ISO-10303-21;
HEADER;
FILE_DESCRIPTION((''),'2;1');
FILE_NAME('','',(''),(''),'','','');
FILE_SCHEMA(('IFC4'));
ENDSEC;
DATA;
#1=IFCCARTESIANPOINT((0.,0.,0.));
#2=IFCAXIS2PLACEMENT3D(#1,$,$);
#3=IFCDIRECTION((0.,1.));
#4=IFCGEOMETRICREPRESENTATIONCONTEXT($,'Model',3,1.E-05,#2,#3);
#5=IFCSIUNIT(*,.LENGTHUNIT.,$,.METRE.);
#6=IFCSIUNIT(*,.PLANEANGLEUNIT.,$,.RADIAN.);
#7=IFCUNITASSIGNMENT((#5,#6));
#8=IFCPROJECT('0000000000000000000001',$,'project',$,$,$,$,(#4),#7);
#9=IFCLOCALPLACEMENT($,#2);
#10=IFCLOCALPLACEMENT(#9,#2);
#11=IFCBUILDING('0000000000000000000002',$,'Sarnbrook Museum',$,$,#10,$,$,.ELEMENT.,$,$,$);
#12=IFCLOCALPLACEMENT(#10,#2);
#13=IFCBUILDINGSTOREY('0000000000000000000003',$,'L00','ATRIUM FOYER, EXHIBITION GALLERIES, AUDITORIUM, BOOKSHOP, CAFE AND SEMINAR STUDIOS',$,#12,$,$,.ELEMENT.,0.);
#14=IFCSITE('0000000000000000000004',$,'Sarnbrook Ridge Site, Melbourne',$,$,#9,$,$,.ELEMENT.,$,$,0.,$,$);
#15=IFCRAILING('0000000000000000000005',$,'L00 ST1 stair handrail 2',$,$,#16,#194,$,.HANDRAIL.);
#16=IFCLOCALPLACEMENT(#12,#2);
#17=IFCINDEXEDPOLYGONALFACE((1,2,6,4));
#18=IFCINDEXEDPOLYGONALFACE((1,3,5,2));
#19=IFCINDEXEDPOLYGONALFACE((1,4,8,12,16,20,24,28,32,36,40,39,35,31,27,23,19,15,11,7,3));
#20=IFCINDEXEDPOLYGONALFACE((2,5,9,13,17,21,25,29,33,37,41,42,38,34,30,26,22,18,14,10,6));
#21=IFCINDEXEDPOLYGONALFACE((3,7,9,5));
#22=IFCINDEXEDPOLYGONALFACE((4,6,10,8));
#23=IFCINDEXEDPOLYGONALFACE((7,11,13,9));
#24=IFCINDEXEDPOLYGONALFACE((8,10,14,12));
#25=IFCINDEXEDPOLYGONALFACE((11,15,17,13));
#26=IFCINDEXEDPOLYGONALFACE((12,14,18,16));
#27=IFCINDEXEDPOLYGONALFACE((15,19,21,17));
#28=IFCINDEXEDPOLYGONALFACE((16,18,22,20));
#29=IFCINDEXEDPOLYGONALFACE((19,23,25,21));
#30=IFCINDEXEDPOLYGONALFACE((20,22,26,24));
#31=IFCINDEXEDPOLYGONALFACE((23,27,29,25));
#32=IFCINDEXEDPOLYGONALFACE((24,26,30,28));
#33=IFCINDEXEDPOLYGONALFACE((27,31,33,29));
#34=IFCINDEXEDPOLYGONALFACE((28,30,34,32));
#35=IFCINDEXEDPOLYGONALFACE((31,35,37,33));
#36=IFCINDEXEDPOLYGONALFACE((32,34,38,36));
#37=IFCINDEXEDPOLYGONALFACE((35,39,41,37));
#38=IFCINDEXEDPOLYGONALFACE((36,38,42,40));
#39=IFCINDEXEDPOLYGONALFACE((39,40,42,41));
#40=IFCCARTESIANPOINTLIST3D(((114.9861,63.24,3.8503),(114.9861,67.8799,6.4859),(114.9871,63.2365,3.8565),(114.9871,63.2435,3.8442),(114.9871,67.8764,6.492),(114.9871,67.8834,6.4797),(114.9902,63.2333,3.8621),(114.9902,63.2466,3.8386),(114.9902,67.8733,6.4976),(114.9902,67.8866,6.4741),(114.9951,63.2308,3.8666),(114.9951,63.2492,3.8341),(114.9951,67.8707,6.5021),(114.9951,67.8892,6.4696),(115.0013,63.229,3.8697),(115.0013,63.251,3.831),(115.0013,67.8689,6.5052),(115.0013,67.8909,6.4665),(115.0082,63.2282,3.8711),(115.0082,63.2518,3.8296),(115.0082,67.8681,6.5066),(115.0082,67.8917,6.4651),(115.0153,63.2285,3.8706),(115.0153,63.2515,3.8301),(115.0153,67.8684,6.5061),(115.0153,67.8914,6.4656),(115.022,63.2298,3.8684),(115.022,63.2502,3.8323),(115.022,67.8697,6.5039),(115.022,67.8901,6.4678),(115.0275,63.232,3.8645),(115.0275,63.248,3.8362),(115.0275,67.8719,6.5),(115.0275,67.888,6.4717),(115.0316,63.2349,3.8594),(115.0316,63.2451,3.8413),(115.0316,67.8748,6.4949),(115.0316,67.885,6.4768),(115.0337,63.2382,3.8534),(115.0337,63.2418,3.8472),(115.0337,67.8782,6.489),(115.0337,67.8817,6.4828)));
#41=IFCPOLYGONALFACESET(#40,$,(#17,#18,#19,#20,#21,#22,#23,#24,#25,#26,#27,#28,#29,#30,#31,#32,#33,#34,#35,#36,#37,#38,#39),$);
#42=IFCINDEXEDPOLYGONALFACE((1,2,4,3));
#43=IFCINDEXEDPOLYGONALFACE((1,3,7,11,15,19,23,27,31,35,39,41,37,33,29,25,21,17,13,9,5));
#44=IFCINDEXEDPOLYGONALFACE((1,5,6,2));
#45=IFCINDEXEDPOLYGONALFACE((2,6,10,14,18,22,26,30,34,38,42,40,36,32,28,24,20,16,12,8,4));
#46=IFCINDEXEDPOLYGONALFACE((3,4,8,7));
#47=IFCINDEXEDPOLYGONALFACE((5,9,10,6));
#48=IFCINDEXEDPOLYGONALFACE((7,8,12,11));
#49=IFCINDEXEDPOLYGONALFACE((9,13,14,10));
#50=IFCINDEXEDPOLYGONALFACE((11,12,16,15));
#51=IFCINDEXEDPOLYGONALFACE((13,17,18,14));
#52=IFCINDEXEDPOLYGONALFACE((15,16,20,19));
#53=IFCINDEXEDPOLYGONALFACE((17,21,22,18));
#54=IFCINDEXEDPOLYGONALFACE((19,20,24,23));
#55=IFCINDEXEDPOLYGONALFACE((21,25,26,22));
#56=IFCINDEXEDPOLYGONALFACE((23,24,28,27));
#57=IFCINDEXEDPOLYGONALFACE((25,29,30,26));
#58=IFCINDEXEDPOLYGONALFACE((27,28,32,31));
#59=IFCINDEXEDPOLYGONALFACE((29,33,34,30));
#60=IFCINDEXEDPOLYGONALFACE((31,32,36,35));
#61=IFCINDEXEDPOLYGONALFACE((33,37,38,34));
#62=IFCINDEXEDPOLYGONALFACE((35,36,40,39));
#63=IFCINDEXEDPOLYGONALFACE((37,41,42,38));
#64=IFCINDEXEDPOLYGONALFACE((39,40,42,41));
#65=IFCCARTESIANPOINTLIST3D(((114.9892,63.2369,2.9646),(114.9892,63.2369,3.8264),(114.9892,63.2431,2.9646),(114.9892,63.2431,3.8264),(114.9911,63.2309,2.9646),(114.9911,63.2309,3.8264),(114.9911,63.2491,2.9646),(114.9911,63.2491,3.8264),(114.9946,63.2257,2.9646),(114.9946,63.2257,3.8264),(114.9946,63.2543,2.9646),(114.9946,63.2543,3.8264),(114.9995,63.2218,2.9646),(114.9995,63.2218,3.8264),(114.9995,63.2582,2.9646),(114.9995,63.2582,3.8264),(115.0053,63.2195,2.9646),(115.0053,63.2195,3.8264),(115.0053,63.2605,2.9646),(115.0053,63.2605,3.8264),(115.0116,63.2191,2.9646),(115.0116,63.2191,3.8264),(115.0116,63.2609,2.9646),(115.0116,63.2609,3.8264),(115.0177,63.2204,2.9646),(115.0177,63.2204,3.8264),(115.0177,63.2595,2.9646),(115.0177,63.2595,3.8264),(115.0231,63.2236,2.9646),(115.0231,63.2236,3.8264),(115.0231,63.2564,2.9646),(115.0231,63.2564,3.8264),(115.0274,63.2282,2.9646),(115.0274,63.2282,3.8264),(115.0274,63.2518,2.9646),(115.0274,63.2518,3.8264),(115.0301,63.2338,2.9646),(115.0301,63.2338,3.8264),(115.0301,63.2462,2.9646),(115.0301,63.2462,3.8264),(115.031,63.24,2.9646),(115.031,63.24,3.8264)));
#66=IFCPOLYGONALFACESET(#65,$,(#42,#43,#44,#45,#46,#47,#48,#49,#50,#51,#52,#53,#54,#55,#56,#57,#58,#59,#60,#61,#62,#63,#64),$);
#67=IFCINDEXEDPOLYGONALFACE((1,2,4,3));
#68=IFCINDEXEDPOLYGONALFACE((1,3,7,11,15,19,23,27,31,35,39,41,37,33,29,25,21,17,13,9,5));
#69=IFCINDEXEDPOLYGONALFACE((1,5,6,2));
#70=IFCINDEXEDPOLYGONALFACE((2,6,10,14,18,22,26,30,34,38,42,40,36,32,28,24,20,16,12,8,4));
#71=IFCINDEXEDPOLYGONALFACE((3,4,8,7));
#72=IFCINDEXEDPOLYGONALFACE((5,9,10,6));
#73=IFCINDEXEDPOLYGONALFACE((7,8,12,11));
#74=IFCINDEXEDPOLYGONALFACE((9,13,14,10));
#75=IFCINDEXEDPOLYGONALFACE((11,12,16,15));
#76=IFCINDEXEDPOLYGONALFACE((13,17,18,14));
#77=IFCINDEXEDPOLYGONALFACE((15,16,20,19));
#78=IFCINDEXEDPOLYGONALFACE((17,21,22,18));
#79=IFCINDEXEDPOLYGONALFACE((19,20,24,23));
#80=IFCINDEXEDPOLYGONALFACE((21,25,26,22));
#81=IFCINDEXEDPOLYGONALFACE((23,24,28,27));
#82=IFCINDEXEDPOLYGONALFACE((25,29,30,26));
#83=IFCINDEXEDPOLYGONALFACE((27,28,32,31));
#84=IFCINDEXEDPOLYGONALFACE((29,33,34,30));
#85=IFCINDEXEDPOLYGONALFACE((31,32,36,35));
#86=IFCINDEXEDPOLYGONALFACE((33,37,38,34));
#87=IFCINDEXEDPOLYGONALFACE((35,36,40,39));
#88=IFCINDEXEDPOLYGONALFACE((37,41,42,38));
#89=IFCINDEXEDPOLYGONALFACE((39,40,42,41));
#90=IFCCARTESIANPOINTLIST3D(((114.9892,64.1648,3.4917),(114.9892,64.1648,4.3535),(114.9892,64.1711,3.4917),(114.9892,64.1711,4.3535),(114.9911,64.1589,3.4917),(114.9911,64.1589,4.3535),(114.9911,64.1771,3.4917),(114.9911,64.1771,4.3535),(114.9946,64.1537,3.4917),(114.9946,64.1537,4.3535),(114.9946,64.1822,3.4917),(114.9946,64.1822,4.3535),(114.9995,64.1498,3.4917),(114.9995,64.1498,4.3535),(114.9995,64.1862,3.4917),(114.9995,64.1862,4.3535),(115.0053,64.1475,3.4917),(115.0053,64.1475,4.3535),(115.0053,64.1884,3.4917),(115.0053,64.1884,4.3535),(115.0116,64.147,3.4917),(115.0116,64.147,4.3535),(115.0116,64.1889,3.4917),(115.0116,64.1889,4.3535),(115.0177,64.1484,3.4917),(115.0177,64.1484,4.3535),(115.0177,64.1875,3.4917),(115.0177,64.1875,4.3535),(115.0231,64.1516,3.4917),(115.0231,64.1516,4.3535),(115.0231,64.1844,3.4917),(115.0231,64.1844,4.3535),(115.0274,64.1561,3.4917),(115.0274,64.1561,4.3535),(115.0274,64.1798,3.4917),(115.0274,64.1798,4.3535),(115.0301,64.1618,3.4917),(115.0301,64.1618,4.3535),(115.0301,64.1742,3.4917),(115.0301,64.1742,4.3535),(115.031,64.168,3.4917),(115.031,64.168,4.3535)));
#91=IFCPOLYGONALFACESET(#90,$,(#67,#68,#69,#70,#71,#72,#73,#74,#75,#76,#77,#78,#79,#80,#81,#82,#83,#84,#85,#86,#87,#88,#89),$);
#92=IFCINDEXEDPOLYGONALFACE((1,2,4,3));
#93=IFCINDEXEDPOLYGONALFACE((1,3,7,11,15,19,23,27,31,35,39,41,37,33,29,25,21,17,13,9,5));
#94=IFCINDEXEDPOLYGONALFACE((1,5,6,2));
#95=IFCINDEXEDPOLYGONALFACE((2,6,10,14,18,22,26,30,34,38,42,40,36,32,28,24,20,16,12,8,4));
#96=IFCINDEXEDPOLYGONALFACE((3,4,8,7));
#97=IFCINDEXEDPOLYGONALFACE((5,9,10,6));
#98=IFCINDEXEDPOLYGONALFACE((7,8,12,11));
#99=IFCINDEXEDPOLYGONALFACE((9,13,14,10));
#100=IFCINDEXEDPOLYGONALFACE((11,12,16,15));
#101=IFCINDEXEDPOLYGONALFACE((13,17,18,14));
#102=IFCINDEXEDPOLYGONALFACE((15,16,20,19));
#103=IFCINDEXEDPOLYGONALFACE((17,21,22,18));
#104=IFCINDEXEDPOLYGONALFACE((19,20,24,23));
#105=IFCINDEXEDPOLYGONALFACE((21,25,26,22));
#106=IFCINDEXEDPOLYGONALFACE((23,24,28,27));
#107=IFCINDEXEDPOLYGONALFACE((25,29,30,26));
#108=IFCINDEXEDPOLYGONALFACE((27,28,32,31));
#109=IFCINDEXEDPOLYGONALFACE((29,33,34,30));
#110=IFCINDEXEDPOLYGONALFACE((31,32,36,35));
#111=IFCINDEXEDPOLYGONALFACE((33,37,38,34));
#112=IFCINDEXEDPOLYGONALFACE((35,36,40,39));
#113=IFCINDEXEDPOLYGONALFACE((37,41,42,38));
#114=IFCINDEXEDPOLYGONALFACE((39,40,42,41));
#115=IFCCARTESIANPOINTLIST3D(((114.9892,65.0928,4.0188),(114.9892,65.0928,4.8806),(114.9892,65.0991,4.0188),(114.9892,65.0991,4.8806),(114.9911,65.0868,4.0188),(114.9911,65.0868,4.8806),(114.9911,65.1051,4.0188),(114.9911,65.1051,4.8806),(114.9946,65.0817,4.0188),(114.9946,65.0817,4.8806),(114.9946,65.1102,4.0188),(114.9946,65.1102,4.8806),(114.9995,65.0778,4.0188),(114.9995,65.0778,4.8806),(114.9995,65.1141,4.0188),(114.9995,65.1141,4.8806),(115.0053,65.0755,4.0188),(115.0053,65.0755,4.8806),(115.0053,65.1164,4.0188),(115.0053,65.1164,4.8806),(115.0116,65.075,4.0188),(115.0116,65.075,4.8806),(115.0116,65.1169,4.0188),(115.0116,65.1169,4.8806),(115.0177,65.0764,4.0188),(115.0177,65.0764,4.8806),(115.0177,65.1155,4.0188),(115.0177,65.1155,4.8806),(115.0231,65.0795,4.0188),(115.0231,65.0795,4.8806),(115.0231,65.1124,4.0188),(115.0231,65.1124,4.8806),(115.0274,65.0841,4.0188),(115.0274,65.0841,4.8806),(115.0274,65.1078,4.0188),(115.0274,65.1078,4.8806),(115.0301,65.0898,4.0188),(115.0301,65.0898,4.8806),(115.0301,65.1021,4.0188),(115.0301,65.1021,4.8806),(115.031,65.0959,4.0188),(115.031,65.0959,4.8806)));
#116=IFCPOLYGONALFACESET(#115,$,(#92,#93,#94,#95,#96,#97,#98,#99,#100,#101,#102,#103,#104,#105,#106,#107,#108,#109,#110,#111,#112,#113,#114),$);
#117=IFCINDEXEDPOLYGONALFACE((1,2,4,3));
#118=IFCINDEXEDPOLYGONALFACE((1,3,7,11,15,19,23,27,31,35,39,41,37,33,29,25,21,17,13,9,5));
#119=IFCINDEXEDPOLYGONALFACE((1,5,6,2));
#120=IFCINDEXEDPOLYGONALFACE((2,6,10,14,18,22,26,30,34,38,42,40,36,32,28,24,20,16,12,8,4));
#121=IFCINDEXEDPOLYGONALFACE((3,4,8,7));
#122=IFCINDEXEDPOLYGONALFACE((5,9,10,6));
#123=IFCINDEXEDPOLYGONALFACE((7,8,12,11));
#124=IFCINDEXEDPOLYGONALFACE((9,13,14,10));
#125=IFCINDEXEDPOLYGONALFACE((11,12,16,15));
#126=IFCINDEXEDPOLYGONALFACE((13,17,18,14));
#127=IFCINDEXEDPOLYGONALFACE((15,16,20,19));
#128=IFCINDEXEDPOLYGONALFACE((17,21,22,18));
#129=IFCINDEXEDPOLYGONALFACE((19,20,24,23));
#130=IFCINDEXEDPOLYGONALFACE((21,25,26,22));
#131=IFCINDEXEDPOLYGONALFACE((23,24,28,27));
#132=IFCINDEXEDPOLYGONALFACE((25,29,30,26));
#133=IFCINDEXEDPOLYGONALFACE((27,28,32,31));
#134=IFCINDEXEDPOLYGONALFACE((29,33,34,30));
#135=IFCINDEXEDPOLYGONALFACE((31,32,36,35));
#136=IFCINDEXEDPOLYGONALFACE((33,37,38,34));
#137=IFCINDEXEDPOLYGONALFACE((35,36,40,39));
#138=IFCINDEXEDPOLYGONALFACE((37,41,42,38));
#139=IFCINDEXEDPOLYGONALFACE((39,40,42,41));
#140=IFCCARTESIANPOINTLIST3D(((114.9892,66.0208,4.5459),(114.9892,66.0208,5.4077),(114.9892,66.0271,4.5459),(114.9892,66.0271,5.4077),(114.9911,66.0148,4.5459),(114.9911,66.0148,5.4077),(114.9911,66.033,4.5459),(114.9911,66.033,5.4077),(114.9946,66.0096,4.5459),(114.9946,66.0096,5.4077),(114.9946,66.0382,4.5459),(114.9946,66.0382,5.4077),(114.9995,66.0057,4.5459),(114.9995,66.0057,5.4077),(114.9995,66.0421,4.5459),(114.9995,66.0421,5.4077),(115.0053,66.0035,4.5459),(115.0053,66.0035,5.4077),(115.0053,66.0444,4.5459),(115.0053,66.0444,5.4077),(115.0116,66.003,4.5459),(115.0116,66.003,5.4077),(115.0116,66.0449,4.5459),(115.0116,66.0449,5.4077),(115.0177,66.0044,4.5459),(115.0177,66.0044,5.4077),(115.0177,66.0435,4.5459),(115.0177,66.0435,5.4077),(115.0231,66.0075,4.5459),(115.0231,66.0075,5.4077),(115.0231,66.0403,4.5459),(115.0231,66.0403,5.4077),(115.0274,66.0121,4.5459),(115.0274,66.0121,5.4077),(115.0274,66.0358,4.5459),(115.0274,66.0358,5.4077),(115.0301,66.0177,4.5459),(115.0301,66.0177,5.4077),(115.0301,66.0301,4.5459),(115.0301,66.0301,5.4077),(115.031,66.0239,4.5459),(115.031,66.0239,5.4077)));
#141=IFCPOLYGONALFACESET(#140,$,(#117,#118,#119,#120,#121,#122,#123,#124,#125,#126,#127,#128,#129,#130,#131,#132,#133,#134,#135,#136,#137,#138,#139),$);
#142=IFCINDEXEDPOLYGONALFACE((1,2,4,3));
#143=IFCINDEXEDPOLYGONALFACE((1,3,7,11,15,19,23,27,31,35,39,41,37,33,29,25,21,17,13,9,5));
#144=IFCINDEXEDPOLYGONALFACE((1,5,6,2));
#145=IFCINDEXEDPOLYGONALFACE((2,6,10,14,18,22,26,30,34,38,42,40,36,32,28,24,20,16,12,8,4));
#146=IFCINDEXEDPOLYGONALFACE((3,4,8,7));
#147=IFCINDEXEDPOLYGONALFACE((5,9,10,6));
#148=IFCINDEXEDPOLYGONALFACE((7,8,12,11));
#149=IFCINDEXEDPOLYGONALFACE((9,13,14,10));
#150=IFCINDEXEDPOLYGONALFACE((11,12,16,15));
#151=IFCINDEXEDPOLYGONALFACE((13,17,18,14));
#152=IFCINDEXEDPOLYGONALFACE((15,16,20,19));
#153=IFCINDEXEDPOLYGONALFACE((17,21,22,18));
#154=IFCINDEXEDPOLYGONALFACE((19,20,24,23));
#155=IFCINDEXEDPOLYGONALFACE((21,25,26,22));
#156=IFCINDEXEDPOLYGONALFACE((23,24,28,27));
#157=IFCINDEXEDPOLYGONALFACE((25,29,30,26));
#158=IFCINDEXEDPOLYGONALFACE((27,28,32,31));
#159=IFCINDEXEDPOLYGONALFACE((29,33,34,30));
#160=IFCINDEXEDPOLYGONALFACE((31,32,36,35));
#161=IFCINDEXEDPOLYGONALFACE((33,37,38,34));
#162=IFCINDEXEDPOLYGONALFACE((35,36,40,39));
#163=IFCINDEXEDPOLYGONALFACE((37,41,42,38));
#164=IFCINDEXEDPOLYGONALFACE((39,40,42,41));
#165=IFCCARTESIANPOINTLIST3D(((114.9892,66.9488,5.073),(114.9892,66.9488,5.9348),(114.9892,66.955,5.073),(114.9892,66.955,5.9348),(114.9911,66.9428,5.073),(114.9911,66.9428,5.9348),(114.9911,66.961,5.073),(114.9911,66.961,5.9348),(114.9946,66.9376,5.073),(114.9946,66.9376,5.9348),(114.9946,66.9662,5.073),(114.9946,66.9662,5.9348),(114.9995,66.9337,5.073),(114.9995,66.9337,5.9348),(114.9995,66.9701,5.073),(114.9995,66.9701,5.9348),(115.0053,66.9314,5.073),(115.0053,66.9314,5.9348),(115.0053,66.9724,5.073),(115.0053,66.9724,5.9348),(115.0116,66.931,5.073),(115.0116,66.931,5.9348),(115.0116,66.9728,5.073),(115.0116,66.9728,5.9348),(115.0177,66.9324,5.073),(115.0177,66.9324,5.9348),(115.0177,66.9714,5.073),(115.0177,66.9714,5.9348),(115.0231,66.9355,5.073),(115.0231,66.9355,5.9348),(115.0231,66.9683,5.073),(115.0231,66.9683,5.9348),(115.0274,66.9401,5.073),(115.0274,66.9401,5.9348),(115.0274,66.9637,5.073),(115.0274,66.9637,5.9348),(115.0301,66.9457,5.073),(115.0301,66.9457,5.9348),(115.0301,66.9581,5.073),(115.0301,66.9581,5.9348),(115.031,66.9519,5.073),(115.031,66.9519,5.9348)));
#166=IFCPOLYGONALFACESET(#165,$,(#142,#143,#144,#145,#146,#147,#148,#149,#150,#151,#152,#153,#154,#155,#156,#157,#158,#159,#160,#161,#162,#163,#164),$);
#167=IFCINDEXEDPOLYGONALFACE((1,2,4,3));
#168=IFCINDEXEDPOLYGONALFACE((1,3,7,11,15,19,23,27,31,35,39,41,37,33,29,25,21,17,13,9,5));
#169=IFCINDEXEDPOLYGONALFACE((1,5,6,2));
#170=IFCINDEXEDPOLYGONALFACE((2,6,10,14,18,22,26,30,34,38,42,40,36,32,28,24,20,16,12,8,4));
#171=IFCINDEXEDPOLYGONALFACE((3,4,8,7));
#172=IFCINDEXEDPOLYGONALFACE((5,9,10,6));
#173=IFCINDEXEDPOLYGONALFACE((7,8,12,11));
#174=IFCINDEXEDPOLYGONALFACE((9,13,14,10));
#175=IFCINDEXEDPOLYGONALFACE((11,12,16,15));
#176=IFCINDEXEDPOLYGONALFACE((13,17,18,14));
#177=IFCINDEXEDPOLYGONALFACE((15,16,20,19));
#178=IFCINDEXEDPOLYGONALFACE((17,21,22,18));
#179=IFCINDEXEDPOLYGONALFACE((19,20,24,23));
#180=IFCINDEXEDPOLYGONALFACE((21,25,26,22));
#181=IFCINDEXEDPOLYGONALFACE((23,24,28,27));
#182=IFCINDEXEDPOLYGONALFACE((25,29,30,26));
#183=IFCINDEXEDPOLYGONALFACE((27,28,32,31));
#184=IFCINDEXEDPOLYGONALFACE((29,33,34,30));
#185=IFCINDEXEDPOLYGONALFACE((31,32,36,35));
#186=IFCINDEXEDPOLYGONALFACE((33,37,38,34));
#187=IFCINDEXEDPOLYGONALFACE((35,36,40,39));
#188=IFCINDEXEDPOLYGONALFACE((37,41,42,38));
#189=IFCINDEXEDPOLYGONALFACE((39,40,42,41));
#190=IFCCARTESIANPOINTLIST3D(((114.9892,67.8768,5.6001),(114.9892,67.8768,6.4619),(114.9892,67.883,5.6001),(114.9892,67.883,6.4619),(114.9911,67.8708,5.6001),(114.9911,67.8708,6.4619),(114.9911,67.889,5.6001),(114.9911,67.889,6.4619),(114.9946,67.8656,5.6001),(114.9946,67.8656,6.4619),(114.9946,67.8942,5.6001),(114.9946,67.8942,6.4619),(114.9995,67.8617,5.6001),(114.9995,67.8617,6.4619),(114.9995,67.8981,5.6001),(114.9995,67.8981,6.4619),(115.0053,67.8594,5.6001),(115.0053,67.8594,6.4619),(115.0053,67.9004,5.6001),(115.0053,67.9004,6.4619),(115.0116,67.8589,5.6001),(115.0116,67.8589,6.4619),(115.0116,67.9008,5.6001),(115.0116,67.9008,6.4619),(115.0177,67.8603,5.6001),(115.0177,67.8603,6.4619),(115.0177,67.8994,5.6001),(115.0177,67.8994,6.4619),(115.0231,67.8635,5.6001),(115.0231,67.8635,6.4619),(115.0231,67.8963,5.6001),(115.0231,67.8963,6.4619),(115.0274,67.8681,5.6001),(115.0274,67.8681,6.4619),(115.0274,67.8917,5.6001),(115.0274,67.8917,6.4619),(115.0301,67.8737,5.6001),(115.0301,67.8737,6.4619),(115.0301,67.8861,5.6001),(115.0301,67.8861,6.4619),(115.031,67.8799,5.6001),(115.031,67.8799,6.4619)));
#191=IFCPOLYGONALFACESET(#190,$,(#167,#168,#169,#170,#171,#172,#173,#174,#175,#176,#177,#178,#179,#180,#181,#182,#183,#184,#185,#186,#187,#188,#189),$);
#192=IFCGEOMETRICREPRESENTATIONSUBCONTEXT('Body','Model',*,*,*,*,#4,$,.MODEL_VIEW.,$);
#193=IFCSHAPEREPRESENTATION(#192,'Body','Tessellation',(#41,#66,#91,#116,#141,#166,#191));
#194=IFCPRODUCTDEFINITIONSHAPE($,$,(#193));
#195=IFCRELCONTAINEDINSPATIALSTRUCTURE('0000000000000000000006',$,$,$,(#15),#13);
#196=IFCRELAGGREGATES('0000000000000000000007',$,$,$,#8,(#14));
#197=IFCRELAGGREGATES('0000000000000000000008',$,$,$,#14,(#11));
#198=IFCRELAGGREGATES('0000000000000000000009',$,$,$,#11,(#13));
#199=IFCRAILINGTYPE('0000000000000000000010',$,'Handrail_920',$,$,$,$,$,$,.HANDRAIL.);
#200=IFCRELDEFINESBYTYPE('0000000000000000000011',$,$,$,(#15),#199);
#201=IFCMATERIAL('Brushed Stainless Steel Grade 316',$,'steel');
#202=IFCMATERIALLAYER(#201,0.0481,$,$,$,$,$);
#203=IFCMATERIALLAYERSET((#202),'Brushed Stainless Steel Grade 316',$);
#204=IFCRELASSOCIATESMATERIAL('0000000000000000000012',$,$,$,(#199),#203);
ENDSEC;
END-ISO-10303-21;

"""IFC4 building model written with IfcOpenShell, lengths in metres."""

from ifc_helpers import new_model, si_unit, direction, frame, origin, origin_2d, place, context, subcontext, project, spatial, circle, extrude, material, layer, layer_set, type_object, element, save


model = new_model("IFC4")

# Units and contexts
model_context = context("Model", 3, precision=1e-05, world=origin(), true_north=direction((0.0, 1.0)))
body_context = subcontext(model_context, "Body", "Model", "MODEL_VIEW")
ifc_project = project(units=[si_unit("LENGTHUNIT", "METRE"), si_unit("PLANEANGLEUNIT", "RADIAN")], contexts=[model_context])

# Site, building, storey
site_placement = place(None, origin())
site = spatial("IfcSite", under=ifc_project, at=site_placement, Name="Sarnbrook Ridge Site, Melbourne", CompositionType="ELEMENT", RefElevation=0.0)
building_placement = place(site_placement, origin())
building = spatial("IfcBuilding", under=site, at=building_placement, Name="Sarnbrook Museum", CompositionType="ELEMENT")
storey_placement = place(building_placement, origin())
storey = spatial("IfcBuildingStorey", under=building, at=storey_placement, Name="L00", Description="ATRIUM FOYER, EXHIBITION GALLERIES, AUDITORIUM, BOOKSHOP, CAFE AND SEMINAR STUDIOS", CompositionType="ELEMENT", Elevation=0.0)

# Shared definitions
ifc_material_1 = material(Name="Brushed Stainless Steel Grade 316", Category="steel")

# Railing
ifc_layer_1 = layer(ifc_material_1, 0.0481)
ifc_layer_set_1 = layer_set([ifc_layer_1], Name="Brushed Stainless Steel Grade 316")
railing_type_1 = type_object("IfcRailingType", Name="Handrail_920", PredefinedType="HANDRAIL", material=ifc_layer_set_1)
railing_1_placement = place(storey_placement, frame((115.01, 63.24, 2.9646)))
element("IfcRailing", 1, at=railing_1_placement, inside=storey, type_object=railing_type_1, Name="L00 ST1 stair handrail 2", PredefinedType="HANDRAIL", context=body_context, shape_type="SweptSolid", body=[
    extrude(circle(Radius=0.0239, at=origin_2d()), frame((0.0, 0.0, 0.8857), z_axis=(0.0, 0.869521, 0.493895), x_axis=(-1.0, 0.0, 0.0)), (0.0, 0.0, 1.0), 5.3362),
    extrude(circle(Radius=0.021, at=origin_2d()), origin(), (0.0, 0.0, 1.0), 0.8618),
    extrude(circle(Radius=0.021, at=origin_2d()), frame((0.0, 0.928, 0.5271)), (0.0, 0.0, 1.0), 0.8618),
    extrude(circle(Radius=0.021, at=origin_2d()), frame((0.0, 1.856, 1.0542)), (0.0, 0.0, 1.0), 0.8618),
    extrude(circle(Radius=0.021, at=origin_2d()), frame((0.0, 2.7839, 1.5813)), (0.0, 0.0, 1.0), 0.8618),
    extrude(circle(Radius=0.021, at=origin_2d()), frame((0.0, 3.7119, 2.1084)), (0.0, 0.0, 1.0), 0.8618),
    extrude(circle(Radius=0.021, at=origin_2d()), frame((0.0, 4.6399, 2.6355)), (0.0, 0.0, 1.0), 0.8618),
])

save(model, "model.ifc")
